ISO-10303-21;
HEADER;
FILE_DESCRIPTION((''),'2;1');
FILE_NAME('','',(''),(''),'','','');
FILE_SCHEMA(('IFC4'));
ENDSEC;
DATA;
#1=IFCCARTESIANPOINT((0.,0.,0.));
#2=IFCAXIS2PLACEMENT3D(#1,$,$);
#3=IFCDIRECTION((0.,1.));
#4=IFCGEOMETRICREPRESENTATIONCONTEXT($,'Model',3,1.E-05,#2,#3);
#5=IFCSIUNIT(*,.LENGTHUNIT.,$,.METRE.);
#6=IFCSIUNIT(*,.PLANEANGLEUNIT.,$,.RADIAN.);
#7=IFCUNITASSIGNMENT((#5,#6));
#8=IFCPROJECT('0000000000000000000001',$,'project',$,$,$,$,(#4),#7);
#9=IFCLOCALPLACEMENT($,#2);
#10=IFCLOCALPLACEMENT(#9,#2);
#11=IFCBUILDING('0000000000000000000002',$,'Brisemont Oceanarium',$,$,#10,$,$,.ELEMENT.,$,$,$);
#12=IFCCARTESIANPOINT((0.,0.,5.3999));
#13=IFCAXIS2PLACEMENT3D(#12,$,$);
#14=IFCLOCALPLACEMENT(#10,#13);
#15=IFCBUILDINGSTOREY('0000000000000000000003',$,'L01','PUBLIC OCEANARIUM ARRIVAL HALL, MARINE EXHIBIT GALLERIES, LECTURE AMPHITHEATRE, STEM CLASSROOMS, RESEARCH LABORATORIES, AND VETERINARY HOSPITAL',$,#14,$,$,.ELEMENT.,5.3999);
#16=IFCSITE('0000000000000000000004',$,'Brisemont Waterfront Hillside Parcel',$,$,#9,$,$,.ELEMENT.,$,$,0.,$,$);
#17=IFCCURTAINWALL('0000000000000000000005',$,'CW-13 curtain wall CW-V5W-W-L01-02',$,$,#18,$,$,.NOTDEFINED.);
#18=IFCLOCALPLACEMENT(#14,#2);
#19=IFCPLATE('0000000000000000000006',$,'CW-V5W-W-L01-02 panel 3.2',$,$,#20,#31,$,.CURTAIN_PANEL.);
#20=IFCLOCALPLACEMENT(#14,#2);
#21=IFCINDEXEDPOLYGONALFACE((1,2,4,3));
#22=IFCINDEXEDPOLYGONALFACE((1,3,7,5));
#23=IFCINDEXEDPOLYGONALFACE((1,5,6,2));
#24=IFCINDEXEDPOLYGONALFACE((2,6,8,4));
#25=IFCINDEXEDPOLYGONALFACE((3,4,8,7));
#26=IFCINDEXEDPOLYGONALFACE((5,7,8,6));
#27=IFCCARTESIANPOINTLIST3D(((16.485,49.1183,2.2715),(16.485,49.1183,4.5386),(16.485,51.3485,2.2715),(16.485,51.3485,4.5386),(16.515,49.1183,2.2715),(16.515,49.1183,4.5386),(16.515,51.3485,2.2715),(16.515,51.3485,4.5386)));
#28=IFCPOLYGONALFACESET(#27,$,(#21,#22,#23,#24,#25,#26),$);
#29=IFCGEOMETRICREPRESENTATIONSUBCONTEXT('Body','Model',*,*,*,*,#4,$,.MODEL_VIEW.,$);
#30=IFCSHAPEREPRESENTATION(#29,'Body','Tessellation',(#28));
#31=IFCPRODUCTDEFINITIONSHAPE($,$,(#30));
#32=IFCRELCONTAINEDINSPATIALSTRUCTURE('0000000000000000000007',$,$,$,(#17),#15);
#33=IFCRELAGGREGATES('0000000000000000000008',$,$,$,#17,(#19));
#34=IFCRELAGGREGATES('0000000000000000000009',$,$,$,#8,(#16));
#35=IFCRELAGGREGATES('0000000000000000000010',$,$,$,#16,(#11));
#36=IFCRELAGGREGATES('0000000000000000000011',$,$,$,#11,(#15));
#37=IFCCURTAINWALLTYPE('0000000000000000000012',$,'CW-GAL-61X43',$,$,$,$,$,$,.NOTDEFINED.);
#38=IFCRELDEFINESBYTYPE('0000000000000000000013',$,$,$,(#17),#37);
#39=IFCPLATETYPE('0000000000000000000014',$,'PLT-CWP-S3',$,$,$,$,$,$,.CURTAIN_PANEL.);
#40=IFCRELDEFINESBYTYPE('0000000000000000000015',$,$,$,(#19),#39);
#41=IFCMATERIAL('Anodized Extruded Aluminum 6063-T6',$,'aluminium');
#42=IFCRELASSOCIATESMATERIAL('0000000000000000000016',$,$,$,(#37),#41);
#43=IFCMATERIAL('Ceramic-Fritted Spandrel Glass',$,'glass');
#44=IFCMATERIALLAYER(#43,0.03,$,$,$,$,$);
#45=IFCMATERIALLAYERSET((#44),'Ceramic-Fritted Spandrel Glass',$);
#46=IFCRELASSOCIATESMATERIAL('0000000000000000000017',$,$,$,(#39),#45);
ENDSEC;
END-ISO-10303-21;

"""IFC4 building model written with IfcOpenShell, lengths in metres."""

from ifc_helpers import new_model, si_unit, direction, frame, origin, origin_2d, place, context, subcontext, project, spatial, rectangle, extrude, material, layer, layer_set, type_object, element, aggregate, save


model = new_model("IFC4")

# Units and contexts
model_context = context("Model", 3, precision=1e-05, world=origin(), true_north=direction((0.0, 1.0)))
body_context = subcontext(model_context, "Body", "Model", "MODEL_VIEW")
ifc_project = project(units=[si_unit("LENGTHUNIT", "METRE"), si_unit("PLANEANGLEUNIT", "RADIAN")], contexts=[model_context])

# Site, building, storey
site_placement = place(None, origin())
site = spatial("IfcSite", under=ifc_project, at=site_placement, Name="Brisemont Waterfront Hillside Parcel", CompositionType="ELEMENT", RefElevation=0.0)
building_placement = place(site_placement, origin())
building = spatial("IfcBuilding", under=site, at=building_placement, Name="Brisemont Oceanarium", CompositionType="ELEMENT")
storey_placement = place(building_placement, frame((0.0, 0.0, 5.3999)))
storey = spatial("IfcBuildingStorey", under=building, at=storey_placement, Name="L01", Description="PUBLIC OCEANARIUM ARRIVAL HALL, MARINE EXHIBIT GALLERIES, LECTURE AMPHITHEATRE, STEM CLASSROOMS, RESEARCH LABORATORIES, AND VETERINARY HOSPITAL", CompositionType="ELEMENT", Elevation=5.3999)

# Curtain wall, plate
ifc_material_1 = material(Name="Anodized Extruded Aluminum 6063-T6", Category="aluminium")
curtain_wall_type = type_object("IfcCurtainWallType", Name="CW-GAL-61X43", PredefinedType="NOTDEFINED", material=ifc_material_1)
curtain_wall_placement = place(storey_placement, origin())
curtain_wall = element("IfcCurtainWall", 1, at=curtain_wall_placement, inside=storey, type_object=curtain_wall_type, Name="CW-13 curtain wall CW-V5W-W-L01-02", PredefinedType="NOTDEFINED")
ifc_material_2 = material(Name="Ceramic-Fritted Spandrel Glass", Category="glass")
ifc_layer = layer(ifc_material_2, 0.03)
ifc_layer_set = layer_set([ifc_layer], Name="Ceramic-Fritted Spandrel Glass")
plate_type = type_object("IfcPlateType", Name="PLT-CWP-S3", PredefinedType="CURTAIN_PANEL", material=ifc_layer_set)
plate_placement = place(storey_placement, frame((16.5, 50.2334, 2.2715), z_axis=(0.0, 0.0, 1.0), x_axis=(0.0, 1.0, 0.0)))
plate = element("IfcPlate", 2, at=plate_placement, type_object=plate_type, Name="CW-V5W-W-L01-02 panel 3.2", PredefinedType="CURTAIN_PANEL", context=body_context, shape_type="SweptSolid", body=[
    extrude(rectangle(XDim=2.2302, YDim=0.03, at=origin_2d()), origin(), (0.0, 0.0, 1.0), 2.2671),
])
aggregate(curtain_wall, [plate])

save(model, "model.ifc")
